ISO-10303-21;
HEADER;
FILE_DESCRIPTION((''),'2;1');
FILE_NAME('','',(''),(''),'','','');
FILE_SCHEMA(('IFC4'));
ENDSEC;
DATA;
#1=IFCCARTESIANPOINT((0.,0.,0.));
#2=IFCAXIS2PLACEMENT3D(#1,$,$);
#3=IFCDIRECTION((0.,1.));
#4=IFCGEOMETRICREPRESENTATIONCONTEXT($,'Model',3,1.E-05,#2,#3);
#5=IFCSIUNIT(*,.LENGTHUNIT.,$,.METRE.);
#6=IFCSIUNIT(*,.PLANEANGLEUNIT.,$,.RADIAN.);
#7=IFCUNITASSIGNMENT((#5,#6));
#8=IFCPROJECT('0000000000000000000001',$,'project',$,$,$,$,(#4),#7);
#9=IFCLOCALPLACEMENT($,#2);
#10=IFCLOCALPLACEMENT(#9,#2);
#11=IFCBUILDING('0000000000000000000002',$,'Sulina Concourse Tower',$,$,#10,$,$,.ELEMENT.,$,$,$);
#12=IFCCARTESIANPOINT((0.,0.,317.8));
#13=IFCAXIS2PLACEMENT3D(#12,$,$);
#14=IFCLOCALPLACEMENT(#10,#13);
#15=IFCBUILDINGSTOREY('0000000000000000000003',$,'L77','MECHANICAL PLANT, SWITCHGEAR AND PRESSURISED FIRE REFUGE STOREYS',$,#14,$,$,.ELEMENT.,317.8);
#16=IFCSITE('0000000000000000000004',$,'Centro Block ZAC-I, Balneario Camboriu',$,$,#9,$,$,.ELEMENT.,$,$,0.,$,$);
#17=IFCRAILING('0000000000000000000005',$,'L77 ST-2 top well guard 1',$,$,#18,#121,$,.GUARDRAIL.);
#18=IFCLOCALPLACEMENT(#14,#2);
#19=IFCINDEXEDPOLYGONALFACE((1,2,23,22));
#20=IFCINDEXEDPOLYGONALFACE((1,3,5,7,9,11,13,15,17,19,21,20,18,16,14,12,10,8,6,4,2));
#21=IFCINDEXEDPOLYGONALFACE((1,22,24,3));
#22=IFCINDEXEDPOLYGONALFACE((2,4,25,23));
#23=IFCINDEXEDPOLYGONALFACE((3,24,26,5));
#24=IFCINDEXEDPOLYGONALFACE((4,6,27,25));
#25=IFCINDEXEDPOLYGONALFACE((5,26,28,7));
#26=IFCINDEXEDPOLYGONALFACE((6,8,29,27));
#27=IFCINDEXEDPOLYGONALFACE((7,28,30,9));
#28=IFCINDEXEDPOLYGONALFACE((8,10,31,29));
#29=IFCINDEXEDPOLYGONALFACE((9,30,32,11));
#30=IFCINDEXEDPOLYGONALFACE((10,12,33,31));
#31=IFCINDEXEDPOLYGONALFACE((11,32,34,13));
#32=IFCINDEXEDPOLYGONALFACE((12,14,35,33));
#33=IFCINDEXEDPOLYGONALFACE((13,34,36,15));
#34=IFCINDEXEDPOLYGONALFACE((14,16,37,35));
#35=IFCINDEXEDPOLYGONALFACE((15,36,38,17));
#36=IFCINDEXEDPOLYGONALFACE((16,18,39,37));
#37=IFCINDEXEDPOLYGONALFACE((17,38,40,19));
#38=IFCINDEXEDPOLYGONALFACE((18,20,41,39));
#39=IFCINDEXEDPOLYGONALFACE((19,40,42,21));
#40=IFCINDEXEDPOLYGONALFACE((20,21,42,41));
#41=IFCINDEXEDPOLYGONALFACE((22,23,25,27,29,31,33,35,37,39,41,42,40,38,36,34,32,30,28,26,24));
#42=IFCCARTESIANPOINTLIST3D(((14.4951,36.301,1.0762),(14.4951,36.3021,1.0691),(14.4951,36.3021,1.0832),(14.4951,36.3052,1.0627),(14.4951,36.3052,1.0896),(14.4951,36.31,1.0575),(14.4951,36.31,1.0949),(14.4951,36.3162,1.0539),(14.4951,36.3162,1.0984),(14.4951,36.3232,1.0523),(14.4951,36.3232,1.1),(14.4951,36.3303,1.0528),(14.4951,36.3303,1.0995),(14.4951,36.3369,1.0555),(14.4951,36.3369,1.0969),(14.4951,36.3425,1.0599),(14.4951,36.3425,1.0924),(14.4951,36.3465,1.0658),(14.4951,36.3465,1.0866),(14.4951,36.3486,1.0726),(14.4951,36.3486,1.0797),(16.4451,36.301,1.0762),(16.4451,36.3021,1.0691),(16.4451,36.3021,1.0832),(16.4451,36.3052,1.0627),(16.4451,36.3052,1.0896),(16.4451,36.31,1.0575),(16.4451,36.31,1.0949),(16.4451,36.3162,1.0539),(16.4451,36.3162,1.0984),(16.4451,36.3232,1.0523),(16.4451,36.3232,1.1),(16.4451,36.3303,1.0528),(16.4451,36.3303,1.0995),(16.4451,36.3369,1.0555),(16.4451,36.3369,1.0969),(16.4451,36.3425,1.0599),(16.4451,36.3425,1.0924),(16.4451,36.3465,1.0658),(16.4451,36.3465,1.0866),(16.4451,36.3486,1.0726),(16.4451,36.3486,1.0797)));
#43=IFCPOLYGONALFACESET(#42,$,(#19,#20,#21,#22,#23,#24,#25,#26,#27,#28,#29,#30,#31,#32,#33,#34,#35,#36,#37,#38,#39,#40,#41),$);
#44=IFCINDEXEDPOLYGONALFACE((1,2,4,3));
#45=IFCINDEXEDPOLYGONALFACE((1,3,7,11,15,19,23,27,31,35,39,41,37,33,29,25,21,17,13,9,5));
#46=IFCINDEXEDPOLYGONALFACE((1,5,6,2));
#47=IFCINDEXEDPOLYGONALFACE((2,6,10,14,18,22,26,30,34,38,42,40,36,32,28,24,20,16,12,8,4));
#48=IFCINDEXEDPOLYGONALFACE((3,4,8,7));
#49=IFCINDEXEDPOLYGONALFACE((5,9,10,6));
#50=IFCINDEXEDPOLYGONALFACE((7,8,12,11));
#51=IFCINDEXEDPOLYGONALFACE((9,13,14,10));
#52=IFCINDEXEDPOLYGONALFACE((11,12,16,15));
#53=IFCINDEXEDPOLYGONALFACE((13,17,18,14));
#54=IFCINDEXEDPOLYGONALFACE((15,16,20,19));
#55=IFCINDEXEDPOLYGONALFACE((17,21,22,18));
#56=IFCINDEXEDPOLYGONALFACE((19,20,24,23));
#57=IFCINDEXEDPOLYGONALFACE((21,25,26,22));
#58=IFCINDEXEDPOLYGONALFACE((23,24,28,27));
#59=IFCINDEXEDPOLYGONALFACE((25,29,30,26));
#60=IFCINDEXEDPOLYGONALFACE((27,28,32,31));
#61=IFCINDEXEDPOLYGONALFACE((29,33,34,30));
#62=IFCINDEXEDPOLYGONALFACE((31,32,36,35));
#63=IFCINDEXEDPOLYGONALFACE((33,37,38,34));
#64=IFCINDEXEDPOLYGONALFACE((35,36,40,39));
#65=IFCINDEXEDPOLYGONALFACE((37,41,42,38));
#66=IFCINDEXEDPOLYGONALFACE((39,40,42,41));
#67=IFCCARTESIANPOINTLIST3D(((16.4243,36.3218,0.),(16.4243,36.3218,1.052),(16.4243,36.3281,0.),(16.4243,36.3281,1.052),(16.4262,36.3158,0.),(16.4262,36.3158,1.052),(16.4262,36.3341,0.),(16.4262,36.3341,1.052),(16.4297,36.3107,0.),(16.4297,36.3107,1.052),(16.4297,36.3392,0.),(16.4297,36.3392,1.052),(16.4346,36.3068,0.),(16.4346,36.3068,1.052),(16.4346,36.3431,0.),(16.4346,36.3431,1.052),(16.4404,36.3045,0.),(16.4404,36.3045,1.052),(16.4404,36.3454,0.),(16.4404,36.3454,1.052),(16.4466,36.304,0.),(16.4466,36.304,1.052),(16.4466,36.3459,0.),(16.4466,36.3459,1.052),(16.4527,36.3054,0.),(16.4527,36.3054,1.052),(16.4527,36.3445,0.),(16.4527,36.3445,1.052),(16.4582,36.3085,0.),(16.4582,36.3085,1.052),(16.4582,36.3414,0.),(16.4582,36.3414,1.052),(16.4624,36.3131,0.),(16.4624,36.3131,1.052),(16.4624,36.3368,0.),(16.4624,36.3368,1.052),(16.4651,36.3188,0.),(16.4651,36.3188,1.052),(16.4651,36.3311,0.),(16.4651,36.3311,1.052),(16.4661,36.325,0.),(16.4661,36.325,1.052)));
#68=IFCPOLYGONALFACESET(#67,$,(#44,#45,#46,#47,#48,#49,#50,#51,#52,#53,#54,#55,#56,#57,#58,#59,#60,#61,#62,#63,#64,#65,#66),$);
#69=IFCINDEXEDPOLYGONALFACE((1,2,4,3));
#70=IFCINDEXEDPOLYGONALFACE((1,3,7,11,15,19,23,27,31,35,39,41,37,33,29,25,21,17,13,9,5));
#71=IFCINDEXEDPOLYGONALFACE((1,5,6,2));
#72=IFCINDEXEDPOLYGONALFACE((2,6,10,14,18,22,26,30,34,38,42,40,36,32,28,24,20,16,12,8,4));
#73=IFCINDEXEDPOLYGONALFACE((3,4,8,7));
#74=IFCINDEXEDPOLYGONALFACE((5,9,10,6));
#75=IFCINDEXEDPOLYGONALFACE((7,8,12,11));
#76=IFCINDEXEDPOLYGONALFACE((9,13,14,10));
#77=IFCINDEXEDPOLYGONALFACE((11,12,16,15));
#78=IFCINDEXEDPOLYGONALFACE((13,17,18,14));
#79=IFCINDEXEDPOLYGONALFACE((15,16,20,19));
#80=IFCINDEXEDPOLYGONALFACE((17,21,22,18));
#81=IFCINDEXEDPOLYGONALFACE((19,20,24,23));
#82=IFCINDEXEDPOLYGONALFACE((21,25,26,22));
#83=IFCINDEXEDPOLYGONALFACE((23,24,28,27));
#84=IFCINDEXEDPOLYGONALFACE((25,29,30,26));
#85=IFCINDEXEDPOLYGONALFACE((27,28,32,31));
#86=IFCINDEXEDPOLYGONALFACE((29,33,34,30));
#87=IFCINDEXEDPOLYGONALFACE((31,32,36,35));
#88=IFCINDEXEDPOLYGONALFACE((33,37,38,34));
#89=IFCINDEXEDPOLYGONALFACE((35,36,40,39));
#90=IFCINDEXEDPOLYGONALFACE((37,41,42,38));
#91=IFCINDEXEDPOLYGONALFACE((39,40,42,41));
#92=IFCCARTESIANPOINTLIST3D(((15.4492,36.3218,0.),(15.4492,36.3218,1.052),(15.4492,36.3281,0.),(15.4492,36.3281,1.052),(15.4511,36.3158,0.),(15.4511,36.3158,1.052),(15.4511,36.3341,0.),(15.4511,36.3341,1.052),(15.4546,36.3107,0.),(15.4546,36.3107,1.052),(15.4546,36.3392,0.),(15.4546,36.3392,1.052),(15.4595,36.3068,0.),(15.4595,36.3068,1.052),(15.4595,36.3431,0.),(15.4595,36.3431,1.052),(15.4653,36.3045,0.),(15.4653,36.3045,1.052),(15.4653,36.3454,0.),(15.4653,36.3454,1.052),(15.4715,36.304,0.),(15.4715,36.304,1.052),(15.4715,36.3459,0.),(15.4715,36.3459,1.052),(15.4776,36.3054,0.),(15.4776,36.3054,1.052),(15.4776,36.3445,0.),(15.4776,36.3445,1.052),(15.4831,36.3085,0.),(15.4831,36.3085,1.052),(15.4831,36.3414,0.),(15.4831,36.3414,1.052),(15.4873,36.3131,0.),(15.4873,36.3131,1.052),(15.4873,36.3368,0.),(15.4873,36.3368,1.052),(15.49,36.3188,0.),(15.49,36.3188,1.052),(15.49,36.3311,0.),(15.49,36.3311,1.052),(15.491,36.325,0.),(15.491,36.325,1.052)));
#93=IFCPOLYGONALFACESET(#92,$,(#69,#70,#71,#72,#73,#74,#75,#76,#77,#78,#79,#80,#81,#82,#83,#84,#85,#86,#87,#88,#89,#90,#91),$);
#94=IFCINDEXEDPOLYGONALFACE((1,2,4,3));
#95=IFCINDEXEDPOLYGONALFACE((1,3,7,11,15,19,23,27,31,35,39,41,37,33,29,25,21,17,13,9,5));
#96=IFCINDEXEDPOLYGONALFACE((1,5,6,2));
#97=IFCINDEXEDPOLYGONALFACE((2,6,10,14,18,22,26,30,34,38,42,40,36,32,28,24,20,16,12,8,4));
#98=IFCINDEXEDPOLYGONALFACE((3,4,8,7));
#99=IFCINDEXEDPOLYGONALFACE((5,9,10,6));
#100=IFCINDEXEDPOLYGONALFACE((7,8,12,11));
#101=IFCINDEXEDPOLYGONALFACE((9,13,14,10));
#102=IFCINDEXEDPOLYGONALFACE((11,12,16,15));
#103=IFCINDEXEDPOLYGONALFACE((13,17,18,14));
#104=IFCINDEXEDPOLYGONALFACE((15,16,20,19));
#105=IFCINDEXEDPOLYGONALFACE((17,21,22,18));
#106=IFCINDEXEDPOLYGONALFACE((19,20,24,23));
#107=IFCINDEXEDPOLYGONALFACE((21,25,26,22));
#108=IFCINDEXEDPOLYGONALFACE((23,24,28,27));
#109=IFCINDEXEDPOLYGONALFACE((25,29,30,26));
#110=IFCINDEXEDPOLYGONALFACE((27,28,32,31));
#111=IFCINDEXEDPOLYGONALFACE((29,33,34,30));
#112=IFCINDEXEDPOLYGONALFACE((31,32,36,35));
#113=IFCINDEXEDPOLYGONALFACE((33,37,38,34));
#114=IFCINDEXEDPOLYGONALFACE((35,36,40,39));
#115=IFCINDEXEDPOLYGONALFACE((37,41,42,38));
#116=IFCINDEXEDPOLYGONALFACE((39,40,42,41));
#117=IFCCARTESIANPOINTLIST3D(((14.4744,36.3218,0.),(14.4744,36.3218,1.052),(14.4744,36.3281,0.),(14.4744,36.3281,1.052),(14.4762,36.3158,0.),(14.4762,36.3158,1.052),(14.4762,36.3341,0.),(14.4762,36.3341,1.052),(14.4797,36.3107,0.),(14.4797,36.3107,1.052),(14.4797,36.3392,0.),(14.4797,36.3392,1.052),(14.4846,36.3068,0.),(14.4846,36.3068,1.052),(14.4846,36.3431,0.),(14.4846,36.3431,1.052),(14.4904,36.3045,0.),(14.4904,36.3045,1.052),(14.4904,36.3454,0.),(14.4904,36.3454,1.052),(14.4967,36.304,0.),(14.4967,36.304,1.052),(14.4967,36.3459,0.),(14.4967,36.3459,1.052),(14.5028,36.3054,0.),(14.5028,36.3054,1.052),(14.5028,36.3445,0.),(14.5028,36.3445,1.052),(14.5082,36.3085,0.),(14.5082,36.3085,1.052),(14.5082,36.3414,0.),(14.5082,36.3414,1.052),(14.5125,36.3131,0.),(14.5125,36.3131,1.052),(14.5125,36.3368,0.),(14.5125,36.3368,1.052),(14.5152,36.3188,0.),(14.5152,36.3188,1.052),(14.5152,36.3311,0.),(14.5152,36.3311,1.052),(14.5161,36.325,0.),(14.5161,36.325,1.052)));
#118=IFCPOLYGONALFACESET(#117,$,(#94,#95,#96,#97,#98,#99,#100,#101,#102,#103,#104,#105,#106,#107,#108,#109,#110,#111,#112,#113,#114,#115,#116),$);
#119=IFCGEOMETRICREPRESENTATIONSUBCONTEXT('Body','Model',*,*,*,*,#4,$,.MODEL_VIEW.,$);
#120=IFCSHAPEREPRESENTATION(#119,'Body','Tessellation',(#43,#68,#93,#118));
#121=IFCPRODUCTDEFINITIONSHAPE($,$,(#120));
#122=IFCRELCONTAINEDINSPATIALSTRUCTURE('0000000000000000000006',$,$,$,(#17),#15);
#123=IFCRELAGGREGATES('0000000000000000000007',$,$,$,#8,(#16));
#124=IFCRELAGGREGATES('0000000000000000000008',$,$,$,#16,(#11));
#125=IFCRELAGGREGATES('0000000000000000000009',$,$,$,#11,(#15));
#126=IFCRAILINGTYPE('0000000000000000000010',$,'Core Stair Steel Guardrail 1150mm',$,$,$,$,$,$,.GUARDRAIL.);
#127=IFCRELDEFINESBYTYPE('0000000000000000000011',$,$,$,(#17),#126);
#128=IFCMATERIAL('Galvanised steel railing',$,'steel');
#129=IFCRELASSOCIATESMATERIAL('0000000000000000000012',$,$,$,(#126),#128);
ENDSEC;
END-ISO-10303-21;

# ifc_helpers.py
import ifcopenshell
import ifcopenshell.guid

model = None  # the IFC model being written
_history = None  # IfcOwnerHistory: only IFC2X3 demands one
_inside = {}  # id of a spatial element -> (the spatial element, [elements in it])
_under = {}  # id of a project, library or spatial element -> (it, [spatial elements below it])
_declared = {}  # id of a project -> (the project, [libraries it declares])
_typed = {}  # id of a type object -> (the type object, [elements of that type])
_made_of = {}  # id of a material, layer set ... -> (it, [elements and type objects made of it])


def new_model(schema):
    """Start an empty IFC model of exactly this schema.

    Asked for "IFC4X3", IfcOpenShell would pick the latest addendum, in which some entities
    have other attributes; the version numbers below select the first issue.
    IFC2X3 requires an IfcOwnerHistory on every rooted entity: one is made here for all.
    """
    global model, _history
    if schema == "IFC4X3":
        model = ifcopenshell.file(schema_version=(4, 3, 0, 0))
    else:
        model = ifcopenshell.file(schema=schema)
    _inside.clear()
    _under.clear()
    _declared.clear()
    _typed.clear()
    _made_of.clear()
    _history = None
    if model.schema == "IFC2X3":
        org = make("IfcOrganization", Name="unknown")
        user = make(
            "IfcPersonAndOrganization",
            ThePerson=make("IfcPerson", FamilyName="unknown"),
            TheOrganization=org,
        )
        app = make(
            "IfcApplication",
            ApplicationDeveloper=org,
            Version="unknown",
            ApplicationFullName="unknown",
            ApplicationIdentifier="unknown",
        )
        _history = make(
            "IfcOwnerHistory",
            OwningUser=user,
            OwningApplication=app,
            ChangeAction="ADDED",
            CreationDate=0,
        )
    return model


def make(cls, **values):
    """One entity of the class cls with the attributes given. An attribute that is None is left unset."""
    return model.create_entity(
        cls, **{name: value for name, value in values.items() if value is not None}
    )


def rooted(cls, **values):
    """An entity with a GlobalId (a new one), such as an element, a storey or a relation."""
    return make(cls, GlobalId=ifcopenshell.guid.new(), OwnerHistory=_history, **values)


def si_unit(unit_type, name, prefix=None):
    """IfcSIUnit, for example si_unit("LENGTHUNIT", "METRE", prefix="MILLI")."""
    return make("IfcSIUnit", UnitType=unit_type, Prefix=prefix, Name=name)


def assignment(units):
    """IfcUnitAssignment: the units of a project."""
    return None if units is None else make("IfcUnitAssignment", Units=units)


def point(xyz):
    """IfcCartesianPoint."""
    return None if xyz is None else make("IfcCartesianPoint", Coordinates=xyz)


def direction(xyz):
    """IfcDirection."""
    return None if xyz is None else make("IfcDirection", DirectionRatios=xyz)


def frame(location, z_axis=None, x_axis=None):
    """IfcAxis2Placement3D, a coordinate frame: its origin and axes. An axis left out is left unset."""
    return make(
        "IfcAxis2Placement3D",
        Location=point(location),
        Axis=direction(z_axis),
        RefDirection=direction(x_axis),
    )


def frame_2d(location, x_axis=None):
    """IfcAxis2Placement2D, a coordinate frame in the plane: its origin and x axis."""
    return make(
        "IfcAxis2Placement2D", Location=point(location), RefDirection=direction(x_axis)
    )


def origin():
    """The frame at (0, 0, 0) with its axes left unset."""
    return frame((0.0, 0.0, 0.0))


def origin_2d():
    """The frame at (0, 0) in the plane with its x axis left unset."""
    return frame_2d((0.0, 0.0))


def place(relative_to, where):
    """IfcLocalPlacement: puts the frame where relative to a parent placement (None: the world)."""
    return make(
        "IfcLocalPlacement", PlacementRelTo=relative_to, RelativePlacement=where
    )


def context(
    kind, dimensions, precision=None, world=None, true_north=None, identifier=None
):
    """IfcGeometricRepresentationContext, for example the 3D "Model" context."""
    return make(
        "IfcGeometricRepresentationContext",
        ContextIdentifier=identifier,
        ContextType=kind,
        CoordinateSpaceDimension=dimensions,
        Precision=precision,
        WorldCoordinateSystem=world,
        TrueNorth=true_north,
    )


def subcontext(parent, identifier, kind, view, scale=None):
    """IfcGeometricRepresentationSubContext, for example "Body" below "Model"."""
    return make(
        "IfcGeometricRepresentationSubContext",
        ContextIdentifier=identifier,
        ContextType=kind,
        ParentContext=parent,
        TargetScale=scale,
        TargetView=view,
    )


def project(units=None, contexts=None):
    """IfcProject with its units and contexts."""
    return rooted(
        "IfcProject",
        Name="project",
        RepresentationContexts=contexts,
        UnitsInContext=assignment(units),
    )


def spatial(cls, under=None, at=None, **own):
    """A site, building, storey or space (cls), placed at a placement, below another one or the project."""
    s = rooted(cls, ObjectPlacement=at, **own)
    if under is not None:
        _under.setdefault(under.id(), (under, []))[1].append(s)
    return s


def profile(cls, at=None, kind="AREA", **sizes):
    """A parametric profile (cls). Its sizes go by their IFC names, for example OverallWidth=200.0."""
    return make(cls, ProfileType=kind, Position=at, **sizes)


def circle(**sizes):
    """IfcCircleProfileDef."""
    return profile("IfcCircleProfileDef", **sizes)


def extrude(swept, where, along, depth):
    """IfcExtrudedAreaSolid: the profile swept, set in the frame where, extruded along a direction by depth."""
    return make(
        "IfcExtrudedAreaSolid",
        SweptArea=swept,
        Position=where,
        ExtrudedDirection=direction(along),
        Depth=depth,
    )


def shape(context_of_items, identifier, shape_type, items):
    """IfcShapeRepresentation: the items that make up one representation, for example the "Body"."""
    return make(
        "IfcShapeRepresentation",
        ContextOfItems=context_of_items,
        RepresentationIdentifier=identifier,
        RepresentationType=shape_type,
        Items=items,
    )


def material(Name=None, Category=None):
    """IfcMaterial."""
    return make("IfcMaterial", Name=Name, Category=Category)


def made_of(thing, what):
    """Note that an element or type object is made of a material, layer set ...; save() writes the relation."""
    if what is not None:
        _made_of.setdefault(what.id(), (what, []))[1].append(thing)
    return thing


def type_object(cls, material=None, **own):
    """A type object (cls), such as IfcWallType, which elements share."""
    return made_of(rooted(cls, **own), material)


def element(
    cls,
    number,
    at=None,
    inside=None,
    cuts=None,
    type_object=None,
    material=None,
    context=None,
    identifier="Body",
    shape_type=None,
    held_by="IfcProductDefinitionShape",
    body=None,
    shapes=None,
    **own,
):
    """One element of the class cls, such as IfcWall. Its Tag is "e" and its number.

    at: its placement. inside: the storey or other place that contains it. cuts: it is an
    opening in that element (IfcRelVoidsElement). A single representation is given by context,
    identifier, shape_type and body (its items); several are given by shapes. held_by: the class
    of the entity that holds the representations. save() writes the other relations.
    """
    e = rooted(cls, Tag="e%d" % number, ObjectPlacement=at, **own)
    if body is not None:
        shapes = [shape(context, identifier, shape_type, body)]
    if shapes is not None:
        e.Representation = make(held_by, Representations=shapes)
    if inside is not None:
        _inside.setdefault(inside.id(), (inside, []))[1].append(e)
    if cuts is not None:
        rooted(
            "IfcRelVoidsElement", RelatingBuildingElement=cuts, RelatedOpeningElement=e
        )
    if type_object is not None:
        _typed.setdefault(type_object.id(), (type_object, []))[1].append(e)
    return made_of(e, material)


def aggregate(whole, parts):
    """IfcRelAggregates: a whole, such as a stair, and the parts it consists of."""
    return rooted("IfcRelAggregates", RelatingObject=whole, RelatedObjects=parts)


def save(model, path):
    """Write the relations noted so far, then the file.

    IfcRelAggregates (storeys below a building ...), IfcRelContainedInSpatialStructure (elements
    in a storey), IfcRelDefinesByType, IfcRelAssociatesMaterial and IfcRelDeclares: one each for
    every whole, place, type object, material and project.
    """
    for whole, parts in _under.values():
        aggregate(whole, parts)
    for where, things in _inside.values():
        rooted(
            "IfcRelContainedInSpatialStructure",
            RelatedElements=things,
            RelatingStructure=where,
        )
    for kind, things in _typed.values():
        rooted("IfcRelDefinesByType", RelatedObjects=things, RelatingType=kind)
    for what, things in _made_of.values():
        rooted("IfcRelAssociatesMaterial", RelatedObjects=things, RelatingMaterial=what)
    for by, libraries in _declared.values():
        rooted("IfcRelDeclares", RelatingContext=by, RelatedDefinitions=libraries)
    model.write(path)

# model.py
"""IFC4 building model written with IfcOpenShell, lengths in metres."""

from ifc_helpers import new_model, si_unit, direction, frame, origin, origin_2d, place, context, subcontext, project, spatial, circle, extrude, material, type_object, element, save


model = new_model("IFC4")

# Units and contexts
model_context = context("Model", 3, precision=1e-05, world=origin(), true_north=direction((0.0, 1.0)))
body_context = subcontext(model_context, "Body", "Model", "MODEL_VIEW")
ifc_project = project(units=[si_unit("LENGTHUNIT", "METRE"), si_unit("PLANEANGLEUNIT", "RADIAN")], contexts=[model_context])

# Site, building, storey
site_placement = place(None, origin())
site = spatial("IfcSite", under=ifc_project, at=site_placement, Name="Centro Block ZAC-I, Balneario Camboriu", CompositionType="ELEMENT", RefElevation=0.0)
building_placement = place(site_placement, origin())
building = spatial("IfcBuilding", under=site, at=building_placement, Name="Sulina Concourse Tower", CompositionType="ELEMENT")
storey_placement = place(building_placement, frame((0.0, 0.0, 317.8)))
storey = spatial("IfcBuildingStorey", under=building, at=storey_placement, Name="L77", Description="MECHANICAL PLANT, SWITCHGEAR AND PRESSURISED FIRE REFUGE STOREYS", CompositionType="ELEMENT", Elevation=317.8)

# Railing
ifc_material_1 = material(Name="Galvanised steel railing", Category="steel")
railing_type = type_object("IfcRailingType", Name="Core Stair Steel Guardrail 1150mm", PredefinedType="GUARDRAIL", material=ifc_material_1)
railing_placement = place(storey_placement, frame((16.4451, 36.325, 0.0)))
element("IfcRailing", 1, at=railing_placement, inside=storey, type_object=railing_type, Name="L77 ST-2 top well guard 1", PredefinedType="GUARDRAIL", context=body_context, shape_type="SweptSolid", body=[
    extrude(circle(Radius=0.0239, at=origin_2d()), frame((0.0, 0.0, 1.0762), z_axis=(-1.0, 0.0, 0.0), x_axis=(0.0, -1.0, 0.0)), (0.0, 0.0, 1.0), 1.95),
    extrude(circle(Radius=0.021, at=origin_2d()), origin(), (0.0, 0.0, 1.0), 1.052),
    extrude(circle(Radius=0.021, at=origin_2d()), frame((-0.9751, 0.0, 0.0)), (0.0, 0.0, 1.0), 1.052),
    extrude(circle(Radius=0.021, at=origin_2d()), frame((-1.95, 0.0, 0.0)), (0.0, 0.0, 1.0), 1.052),
])

save(model, "model.ifc")
